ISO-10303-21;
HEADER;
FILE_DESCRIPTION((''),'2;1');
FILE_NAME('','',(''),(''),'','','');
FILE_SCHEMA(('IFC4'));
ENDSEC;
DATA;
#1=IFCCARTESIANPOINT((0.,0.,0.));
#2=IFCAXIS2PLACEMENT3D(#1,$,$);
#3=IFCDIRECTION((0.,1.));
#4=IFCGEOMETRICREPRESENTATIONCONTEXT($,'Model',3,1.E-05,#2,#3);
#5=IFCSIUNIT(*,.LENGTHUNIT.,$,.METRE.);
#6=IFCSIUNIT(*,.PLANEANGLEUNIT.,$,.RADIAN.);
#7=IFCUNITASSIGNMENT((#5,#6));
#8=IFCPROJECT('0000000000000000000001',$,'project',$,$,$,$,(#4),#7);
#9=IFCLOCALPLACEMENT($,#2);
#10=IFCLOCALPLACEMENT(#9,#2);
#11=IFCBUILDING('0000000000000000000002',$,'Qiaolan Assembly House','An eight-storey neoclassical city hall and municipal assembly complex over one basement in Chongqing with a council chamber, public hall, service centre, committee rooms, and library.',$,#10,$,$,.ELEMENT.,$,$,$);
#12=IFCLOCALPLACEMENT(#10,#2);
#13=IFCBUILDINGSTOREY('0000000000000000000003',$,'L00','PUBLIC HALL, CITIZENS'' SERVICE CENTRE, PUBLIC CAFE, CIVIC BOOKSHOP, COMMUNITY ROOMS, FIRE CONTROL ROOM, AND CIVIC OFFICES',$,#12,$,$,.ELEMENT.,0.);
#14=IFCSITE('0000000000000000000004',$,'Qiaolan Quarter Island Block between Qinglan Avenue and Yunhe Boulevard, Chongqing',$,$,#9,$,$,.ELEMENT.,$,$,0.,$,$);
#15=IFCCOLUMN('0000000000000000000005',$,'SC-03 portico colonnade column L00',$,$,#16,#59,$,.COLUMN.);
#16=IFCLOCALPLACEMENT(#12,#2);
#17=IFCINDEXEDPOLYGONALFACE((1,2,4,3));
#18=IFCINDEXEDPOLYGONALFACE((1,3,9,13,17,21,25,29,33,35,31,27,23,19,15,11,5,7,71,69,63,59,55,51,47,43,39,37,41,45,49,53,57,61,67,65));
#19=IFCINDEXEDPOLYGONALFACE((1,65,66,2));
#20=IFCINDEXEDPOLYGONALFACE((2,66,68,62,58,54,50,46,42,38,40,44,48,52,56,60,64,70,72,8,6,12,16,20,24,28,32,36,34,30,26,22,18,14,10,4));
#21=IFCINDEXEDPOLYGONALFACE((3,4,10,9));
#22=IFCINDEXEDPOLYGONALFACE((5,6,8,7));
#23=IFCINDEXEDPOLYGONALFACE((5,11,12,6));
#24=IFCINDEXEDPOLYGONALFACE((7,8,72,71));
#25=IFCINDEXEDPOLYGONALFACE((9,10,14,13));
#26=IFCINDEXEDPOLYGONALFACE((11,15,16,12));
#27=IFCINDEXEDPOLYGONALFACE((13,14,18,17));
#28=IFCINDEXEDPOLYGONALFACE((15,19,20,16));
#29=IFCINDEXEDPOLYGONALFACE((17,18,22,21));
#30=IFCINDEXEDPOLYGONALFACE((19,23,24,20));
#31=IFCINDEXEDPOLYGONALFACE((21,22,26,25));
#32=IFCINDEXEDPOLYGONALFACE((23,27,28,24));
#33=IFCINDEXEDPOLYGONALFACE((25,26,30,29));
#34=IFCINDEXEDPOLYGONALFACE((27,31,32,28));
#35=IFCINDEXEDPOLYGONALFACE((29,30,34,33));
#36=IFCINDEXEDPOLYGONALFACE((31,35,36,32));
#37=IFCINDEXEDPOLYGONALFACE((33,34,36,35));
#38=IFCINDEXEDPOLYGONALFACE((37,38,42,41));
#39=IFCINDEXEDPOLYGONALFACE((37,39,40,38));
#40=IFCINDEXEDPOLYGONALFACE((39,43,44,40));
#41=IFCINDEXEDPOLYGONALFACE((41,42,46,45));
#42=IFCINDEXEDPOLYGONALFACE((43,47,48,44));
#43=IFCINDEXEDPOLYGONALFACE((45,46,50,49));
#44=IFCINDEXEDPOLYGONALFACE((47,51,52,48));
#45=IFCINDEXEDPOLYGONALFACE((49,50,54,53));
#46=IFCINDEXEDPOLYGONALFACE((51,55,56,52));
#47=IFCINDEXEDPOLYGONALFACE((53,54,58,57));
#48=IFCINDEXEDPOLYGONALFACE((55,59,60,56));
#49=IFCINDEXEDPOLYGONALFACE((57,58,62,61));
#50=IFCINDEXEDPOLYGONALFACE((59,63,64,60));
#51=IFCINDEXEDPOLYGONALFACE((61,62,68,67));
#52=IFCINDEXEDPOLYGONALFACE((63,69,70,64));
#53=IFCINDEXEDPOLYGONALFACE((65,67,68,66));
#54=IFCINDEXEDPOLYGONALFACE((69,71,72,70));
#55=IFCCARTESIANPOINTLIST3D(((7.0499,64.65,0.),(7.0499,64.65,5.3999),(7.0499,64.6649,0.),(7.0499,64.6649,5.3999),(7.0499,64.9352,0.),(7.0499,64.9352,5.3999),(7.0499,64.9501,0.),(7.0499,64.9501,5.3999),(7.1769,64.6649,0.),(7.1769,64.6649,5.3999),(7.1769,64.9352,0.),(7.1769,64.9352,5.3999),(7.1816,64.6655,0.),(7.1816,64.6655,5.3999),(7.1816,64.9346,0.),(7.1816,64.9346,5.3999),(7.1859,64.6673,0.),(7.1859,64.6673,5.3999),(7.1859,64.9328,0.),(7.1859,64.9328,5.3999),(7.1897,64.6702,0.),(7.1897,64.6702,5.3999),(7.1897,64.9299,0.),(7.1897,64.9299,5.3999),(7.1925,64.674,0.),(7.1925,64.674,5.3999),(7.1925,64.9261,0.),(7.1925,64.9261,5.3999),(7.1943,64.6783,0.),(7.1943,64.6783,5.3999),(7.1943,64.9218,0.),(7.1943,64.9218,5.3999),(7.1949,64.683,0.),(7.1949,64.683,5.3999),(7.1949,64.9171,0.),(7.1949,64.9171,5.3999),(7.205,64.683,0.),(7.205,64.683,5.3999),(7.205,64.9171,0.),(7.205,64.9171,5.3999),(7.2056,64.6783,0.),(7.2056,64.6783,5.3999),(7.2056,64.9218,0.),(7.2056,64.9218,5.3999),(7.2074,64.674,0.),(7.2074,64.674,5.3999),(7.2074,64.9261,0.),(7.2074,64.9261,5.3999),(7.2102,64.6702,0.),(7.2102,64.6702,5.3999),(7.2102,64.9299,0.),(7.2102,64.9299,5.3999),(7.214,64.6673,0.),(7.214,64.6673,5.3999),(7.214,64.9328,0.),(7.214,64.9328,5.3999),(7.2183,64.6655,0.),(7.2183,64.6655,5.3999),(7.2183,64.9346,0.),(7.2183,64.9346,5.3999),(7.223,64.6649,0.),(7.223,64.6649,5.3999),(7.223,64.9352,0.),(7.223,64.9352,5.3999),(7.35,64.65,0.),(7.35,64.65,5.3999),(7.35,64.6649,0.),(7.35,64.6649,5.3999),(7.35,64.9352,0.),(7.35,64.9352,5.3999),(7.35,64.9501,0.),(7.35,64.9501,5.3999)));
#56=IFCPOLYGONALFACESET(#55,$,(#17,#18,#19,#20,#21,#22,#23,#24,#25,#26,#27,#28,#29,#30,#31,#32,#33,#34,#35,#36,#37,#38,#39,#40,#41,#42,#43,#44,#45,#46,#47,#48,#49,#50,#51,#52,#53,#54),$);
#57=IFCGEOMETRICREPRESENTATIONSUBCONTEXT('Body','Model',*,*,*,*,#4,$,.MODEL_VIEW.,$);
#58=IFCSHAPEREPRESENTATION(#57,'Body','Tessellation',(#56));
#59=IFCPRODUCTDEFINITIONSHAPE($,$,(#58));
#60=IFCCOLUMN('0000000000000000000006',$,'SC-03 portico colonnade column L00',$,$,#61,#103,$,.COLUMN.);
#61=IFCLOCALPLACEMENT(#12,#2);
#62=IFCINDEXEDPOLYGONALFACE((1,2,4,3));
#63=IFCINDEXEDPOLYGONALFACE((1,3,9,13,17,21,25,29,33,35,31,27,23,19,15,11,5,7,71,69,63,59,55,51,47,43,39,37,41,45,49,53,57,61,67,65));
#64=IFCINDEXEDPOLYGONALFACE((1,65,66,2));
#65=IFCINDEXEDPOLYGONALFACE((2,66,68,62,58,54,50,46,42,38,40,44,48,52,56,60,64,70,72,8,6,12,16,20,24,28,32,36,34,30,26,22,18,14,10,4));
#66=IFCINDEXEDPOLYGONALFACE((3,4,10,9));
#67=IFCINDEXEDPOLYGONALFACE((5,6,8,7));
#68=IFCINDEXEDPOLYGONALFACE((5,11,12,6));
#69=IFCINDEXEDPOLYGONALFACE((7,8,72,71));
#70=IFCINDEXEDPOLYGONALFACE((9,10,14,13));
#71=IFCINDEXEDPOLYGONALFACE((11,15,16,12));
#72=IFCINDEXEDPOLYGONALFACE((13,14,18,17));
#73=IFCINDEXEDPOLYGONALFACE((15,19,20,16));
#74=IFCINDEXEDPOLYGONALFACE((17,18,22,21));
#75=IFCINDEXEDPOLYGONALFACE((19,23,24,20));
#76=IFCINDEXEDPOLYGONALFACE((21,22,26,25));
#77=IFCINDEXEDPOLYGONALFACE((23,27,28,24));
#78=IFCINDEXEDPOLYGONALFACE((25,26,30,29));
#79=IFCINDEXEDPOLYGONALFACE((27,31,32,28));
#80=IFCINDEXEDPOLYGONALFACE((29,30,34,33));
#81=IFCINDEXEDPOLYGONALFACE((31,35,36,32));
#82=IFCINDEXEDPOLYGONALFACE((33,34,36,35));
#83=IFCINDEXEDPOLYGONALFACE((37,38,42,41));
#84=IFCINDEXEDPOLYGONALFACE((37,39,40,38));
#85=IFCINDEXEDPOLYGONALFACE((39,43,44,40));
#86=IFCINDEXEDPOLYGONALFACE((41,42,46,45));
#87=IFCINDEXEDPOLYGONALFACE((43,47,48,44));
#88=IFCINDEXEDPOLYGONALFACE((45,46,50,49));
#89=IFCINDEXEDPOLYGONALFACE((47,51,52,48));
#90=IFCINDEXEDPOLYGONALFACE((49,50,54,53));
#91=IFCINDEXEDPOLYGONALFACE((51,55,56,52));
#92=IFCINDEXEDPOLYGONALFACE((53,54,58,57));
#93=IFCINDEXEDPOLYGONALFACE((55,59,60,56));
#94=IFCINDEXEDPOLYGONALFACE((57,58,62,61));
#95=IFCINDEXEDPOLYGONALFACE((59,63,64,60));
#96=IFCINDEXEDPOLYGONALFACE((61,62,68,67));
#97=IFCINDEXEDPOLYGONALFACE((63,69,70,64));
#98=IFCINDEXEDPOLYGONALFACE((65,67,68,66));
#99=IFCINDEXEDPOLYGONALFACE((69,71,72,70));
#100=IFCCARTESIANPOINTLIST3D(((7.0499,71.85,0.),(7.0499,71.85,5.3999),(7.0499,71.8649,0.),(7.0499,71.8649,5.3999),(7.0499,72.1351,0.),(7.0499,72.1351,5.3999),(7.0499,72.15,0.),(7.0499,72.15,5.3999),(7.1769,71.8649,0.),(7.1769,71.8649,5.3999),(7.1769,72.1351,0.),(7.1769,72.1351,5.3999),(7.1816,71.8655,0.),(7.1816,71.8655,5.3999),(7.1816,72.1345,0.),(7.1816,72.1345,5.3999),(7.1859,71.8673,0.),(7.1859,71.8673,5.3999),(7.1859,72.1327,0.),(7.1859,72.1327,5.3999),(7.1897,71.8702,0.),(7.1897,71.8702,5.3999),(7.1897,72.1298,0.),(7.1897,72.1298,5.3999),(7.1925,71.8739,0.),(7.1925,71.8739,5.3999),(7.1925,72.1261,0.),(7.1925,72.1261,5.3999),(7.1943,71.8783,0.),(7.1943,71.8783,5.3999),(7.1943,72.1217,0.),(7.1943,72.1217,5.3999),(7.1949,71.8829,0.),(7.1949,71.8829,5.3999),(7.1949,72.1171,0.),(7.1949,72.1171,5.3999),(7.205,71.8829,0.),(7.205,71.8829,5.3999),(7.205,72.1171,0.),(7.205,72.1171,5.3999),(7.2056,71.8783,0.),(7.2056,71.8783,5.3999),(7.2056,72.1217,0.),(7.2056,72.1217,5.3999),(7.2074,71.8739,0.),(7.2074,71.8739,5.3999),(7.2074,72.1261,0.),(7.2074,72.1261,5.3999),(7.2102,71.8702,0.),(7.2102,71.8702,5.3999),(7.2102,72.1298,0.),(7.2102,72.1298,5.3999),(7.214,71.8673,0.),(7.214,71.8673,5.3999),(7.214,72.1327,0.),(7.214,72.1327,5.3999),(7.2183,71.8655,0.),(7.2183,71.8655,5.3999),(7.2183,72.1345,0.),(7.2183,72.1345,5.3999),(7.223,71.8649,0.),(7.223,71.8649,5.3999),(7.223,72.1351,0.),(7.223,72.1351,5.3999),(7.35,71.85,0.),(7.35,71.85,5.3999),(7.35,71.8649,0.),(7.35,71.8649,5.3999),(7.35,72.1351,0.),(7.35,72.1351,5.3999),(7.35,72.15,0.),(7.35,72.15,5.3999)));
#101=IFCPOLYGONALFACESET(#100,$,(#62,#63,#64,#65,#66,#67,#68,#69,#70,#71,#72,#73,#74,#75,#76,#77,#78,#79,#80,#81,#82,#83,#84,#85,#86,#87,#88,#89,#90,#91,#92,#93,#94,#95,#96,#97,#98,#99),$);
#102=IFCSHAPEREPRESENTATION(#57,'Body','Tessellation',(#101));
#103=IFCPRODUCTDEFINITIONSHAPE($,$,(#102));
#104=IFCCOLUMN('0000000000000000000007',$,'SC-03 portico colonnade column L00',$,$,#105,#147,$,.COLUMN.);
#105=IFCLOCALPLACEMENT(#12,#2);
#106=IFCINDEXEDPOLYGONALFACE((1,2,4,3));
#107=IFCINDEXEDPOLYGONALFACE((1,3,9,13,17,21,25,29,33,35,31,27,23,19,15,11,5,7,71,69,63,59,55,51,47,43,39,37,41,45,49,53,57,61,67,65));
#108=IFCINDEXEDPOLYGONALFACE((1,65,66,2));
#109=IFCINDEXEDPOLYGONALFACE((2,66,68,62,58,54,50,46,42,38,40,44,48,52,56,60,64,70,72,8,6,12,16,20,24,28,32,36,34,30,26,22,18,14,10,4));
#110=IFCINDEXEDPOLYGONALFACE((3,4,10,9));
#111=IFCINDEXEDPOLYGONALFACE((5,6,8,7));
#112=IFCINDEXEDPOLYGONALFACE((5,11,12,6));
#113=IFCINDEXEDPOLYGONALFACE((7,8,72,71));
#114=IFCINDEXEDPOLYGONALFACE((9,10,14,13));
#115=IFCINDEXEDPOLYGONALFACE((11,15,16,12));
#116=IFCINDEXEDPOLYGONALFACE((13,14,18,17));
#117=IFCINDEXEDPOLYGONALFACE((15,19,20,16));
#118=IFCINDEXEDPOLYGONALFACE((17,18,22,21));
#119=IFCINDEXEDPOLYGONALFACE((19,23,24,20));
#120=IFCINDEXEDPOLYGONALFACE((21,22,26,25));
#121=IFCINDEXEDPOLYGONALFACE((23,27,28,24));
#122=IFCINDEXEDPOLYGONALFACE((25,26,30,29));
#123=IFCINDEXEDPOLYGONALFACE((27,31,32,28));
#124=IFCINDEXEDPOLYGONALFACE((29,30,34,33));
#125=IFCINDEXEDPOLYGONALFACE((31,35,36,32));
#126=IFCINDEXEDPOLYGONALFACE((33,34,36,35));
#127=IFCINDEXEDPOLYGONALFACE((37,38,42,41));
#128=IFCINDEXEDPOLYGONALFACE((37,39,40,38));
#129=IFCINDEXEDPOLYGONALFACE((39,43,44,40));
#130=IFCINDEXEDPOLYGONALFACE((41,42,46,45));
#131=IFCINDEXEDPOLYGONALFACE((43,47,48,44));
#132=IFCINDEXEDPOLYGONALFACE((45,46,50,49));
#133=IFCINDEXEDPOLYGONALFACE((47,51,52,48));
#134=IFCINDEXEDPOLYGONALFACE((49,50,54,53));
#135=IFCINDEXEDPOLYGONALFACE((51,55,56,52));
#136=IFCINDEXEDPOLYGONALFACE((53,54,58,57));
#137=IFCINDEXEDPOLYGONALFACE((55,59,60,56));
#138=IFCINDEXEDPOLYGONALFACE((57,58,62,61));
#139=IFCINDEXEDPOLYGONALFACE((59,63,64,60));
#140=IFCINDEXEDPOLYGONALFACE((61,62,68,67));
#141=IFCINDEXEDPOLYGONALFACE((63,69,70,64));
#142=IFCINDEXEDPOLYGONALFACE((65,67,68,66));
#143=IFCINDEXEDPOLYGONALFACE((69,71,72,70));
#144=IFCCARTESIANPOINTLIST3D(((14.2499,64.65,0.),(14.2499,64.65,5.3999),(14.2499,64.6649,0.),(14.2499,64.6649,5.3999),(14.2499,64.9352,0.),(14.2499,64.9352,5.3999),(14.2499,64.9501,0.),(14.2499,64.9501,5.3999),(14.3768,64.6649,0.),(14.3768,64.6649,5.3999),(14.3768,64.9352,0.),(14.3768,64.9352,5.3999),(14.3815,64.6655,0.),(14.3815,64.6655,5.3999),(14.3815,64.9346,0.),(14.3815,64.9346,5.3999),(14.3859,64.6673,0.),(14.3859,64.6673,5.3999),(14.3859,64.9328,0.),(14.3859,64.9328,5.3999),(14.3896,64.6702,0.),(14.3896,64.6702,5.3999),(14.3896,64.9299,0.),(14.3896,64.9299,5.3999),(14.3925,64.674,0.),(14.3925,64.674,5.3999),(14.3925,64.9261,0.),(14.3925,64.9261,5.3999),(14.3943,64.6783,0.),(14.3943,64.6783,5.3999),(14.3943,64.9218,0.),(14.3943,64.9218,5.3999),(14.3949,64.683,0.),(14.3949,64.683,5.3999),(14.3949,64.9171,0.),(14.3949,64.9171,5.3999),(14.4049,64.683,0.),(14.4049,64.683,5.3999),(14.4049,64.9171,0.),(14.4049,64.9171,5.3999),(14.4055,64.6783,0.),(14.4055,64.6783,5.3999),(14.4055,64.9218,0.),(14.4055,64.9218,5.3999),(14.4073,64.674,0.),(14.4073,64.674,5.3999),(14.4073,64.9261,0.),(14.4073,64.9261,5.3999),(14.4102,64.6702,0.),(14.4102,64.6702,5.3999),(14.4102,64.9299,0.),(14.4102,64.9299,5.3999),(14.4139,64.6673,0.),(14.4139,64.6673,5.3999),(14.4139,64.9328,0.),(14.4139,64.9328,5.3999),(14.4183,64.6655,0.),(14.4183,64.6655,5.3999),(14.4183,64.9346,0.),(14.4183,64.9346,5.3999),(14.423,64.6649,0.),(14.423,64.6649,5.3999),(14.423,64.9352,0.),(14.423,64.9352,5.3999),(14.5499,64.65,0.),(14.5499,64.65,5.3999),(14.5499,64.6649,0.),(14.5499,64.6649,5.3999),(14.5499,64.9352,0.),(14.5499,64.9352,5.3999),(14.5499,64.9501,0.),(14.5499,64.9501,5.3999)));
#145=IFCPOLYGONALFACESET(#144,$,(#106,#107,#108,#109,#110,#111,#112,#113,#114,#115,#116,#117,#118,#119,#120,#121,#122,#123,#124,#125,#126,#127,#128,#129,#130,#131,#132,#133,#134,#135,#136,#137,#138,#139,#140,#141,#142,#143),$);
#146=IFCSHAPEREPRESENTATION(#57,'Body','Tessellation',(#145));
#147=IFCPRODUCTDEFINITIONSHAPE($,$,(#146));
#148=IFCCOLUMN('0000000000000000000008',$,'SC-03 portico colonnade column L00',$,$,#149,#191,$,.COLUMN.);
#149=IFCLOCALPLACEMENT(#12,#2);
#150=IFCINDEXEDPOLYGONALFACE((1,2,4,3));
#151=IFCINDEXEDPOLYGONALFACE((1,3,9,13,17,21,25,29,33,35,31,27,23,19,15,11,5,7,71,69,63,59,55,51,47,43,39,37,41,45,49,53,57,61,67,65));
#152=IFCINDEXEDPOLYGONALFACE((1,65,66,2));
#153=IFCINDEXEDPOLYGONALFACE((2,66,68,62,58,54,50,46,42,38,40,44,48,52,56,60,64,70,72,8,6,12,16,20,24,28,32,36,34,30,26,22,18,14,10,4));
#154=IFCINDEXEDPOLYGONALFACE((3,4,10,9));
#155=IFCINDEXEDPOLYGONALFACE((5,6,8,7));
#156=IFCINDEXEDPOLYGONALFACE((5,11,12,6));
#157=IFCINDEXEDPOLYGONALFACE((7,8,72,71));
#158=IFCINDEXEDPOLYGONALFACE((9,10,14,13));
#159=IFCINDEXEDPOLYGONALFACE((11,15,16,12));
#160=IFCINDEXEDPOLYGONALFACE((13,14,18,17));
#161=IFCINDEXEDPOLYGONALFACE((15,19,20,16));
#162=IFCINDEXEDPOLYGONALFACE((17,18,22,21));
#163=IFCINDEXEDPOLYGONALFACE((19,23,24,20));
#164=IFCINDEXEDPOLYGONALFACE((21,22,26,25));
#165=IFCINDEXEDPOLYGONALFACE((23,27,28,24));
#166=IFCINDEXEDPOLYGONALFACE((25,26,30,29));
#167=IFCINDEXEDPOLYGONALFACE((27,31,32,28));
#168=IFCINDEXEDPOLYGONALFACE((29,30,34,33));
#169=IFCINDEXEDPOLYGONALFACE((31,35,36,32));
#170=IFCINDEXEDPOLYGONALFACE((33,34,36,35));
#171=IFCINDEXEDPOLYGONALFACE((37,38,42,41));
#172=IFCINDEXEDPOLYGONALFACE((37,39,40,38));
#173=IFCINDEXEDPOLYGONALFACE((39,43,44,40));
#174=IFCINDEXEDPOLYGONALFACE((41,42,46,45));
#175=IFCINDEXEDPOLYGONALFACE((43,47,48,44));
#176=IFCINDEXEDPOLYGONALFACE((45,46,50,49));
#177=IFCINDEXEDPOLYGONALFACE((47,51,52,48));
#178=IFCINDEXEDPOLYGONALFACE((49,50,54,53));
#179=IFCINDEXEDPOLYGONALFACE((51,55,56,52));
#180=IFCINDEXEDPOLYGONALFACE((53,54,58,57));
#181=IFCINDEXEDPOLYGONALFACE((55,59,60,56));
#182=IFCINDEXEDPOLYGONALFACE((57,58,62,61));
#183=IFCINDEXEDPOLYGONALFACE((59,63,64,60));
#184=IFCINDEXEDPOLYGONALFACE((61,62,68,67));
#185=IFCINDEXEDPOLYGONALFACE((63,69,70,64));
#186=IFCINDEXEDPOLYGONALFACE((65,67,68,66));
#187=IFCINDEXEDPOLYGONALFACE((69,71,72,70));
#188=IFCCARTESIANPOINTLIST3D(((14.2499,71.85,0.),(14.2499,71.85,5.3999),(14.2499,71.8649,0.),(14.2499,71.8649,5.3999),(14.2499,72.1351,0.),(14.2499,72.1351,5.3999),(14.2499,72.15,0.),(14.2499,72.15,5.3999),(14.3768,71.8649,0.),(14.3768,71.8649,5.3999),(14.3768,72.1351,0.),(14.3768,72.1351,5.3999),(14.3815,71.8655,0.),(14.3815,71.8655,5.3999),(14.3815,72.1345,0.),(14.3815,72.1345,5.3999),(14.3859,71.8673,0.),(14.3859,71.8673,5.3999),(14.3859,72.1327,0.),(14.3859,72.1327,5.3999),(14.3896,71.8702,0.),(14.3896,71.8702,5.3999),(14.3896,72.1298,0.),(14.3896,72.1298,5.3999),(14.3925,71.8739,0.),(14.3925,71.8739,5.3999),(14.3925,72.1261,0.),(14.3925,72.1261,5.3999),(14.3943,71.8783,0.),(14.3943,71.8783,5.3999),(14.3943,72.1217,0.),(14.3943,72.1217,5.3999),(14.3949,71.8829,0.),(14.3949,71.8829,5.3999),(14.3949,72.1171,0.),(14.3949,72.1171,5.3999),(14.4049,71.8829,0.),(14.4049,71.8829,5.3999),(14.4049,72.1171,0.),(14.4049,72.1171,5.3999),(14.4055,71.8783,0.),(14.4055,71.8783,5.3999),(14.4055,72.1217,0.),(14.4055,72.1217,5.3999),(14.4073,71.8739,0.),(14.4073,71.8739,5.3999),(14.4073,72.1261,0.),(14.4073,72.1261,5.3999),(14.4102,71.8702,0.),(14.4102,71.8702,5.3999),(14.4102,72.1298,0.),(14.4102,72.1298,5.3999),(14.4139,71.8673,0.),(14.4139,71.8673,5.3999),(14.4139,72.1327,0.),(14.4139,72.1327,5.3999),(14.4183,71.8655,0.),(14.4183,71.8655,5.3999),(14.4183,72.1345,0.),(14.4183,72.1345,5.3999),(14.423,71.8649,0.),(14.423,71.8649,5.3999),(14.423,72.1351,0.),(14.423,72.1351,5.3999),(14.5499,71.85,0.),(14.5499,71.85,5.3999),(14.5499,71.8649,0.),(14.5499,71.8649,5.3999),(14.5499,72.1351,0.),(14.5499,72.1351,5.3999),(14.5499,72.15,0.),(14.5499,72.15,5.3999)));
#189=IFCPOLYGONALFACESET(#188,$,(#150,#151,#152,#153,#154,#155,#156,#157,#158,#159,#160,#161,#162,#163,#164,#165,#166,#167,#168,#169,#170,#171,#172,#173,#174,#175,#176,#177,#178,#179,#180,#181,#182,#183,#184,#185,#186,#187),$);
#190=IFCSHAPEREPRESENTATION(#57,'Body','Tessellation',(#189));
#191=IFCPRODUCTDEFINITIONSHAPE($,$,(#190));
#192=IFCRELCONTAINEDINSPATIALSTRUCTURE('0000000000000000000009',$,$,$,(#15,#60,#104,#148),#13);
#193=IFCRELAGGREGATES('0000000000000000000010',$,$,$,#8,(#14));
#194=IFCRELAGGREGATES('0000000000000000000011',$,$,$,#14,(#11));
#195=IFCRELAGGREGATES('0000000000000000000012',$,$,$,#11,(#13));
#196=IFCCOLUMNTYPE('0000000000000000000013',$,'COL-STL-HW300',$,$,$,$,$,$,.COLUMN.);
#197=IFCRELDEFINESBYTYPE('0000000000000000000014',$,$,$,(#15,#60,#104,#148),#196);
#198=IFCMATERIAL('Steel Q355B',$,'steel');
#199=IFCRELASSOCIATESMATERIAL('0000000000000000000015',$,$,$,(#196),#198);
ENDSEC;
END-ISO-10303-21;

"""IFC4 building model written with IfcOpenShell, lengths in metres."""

from ifc_helpers import new_model, si_unit, direction, frame, origin, origin_2d, place, context, subcontext, project, spatial, i_section, extrude, material, material_profile, profile_set, type_object, element, save


model = new_model("IFC4")

# Units and contexts
model_context = context("Model", 3, precision=1e-05, world=origin(), true_north=direction((0.0, 1.0)))
body_context = subcontext(model_context, "Body", "Model", "MODEL_VIEW")
ifc_project = project(units=[si_unit("LENGTHUNIT", "METRE"), si_unit("PLANEANGLEUNIT", "RADIAN")], contexts=[model_context])

# Site, building, storey
site_placement = place(None, origin())
site = spatial("IfcSite", under=ifc_project, at=site_placement, Name="Qiaolan Quarter Island Block between Qinglan Avenue and Yunhe Boulevard, Chongqing", CompositionType="ELEMENT", RefElevation=0.0)
building_placement = place(site_placement, origin())
building = spatial("IfcBuilding", under=site, at=building_placement, Name="Qiaolan Assembly House", Description="An eight-storey neoclassical city hall and municipal assembly complex over one basement in Chongqing with a council chamber, public hall, service centre, committee rooms, and library.", CompositionType="ELEMENT")
storey_placement = place(building_placement, origin())
storey = spatial("IfcBuildingStorey", under=building, at=storey_placement, Name="L00", Description="PUBLIC HALL, CITIZENS' SERVICE CENTRE, PUBLIC CAFE, CIVIC BOOKSHOP, COMMUNITY ROOMS, FIRE CONTROL ROOM, AND CIVIC OFFICES", CompositionType="ELEMENT", Elevation=0.0)

# Columns
ifc_material_1 = material(Name="Steel Q355B", Category="steel")
ifc_material_profile_1 = material_profile(ifc_material_1, i_section(OverallWidth=0.3, OverallDepth=0.3, WebThickness=0.01, FlangeThickness=0.0149, FilletRadius=0.0181, at=origin_2d()), Name="HW 300x300x10x15")
ifc_profile_set_1 = profile_set([ifc_material_profile_1], Name="Steel Q355B")
column_type_1 = type_object("IfcColumnType", Name="COL-STL-HW300", PredefinedType="COLUMN", material=ifc_profile_set_1)
for number, where, z_axis, x_axis, name in (
    (1, (7.2, 64.8, 0.0), (0.0, 0.0, 1.0), (1.0, 0.0, 0.0), "SC-03 portico colonnade column L00"),
    (2, (7.2, 72.0, 0.0), (0.0, 0.0, 1.0), (1.0, 0.0, 0.0), "SC-03 portico colonnade column L00"),
    (3, (14.3999, 64.8, 0.0), (0.0, 0.0, 1.0), (1.0, 0.0, 0.0), "SC-03 portico colonnade column L00"),
    (4, (14.3999, 72.0, 0.0), (0.0, 0.0, 1.0), (1.0, 0.0, 0.0), "SC-03 portico colonnade column L00"),
):
    element("IfcColumn", number, at=place(storey_placement, frame(where, z_axis=z_axis, x_axis=x_axis)), inside=storey, type_object=column_type_1, Name=name, PredefinedType="COLUMN", context=body_context, shape_type="SweptSolid", body=[
        extrude(i_section(OverallWidth=0.3, OverallDepth=0.3, WebThickness=0.01, FlangeThickness=0.0149, FilletRadius=0.0181, at=origin_2d()), origin(), (0.0, 0.0, 1.0), 5.3999),
    ])

save(model, "model.ifc")
